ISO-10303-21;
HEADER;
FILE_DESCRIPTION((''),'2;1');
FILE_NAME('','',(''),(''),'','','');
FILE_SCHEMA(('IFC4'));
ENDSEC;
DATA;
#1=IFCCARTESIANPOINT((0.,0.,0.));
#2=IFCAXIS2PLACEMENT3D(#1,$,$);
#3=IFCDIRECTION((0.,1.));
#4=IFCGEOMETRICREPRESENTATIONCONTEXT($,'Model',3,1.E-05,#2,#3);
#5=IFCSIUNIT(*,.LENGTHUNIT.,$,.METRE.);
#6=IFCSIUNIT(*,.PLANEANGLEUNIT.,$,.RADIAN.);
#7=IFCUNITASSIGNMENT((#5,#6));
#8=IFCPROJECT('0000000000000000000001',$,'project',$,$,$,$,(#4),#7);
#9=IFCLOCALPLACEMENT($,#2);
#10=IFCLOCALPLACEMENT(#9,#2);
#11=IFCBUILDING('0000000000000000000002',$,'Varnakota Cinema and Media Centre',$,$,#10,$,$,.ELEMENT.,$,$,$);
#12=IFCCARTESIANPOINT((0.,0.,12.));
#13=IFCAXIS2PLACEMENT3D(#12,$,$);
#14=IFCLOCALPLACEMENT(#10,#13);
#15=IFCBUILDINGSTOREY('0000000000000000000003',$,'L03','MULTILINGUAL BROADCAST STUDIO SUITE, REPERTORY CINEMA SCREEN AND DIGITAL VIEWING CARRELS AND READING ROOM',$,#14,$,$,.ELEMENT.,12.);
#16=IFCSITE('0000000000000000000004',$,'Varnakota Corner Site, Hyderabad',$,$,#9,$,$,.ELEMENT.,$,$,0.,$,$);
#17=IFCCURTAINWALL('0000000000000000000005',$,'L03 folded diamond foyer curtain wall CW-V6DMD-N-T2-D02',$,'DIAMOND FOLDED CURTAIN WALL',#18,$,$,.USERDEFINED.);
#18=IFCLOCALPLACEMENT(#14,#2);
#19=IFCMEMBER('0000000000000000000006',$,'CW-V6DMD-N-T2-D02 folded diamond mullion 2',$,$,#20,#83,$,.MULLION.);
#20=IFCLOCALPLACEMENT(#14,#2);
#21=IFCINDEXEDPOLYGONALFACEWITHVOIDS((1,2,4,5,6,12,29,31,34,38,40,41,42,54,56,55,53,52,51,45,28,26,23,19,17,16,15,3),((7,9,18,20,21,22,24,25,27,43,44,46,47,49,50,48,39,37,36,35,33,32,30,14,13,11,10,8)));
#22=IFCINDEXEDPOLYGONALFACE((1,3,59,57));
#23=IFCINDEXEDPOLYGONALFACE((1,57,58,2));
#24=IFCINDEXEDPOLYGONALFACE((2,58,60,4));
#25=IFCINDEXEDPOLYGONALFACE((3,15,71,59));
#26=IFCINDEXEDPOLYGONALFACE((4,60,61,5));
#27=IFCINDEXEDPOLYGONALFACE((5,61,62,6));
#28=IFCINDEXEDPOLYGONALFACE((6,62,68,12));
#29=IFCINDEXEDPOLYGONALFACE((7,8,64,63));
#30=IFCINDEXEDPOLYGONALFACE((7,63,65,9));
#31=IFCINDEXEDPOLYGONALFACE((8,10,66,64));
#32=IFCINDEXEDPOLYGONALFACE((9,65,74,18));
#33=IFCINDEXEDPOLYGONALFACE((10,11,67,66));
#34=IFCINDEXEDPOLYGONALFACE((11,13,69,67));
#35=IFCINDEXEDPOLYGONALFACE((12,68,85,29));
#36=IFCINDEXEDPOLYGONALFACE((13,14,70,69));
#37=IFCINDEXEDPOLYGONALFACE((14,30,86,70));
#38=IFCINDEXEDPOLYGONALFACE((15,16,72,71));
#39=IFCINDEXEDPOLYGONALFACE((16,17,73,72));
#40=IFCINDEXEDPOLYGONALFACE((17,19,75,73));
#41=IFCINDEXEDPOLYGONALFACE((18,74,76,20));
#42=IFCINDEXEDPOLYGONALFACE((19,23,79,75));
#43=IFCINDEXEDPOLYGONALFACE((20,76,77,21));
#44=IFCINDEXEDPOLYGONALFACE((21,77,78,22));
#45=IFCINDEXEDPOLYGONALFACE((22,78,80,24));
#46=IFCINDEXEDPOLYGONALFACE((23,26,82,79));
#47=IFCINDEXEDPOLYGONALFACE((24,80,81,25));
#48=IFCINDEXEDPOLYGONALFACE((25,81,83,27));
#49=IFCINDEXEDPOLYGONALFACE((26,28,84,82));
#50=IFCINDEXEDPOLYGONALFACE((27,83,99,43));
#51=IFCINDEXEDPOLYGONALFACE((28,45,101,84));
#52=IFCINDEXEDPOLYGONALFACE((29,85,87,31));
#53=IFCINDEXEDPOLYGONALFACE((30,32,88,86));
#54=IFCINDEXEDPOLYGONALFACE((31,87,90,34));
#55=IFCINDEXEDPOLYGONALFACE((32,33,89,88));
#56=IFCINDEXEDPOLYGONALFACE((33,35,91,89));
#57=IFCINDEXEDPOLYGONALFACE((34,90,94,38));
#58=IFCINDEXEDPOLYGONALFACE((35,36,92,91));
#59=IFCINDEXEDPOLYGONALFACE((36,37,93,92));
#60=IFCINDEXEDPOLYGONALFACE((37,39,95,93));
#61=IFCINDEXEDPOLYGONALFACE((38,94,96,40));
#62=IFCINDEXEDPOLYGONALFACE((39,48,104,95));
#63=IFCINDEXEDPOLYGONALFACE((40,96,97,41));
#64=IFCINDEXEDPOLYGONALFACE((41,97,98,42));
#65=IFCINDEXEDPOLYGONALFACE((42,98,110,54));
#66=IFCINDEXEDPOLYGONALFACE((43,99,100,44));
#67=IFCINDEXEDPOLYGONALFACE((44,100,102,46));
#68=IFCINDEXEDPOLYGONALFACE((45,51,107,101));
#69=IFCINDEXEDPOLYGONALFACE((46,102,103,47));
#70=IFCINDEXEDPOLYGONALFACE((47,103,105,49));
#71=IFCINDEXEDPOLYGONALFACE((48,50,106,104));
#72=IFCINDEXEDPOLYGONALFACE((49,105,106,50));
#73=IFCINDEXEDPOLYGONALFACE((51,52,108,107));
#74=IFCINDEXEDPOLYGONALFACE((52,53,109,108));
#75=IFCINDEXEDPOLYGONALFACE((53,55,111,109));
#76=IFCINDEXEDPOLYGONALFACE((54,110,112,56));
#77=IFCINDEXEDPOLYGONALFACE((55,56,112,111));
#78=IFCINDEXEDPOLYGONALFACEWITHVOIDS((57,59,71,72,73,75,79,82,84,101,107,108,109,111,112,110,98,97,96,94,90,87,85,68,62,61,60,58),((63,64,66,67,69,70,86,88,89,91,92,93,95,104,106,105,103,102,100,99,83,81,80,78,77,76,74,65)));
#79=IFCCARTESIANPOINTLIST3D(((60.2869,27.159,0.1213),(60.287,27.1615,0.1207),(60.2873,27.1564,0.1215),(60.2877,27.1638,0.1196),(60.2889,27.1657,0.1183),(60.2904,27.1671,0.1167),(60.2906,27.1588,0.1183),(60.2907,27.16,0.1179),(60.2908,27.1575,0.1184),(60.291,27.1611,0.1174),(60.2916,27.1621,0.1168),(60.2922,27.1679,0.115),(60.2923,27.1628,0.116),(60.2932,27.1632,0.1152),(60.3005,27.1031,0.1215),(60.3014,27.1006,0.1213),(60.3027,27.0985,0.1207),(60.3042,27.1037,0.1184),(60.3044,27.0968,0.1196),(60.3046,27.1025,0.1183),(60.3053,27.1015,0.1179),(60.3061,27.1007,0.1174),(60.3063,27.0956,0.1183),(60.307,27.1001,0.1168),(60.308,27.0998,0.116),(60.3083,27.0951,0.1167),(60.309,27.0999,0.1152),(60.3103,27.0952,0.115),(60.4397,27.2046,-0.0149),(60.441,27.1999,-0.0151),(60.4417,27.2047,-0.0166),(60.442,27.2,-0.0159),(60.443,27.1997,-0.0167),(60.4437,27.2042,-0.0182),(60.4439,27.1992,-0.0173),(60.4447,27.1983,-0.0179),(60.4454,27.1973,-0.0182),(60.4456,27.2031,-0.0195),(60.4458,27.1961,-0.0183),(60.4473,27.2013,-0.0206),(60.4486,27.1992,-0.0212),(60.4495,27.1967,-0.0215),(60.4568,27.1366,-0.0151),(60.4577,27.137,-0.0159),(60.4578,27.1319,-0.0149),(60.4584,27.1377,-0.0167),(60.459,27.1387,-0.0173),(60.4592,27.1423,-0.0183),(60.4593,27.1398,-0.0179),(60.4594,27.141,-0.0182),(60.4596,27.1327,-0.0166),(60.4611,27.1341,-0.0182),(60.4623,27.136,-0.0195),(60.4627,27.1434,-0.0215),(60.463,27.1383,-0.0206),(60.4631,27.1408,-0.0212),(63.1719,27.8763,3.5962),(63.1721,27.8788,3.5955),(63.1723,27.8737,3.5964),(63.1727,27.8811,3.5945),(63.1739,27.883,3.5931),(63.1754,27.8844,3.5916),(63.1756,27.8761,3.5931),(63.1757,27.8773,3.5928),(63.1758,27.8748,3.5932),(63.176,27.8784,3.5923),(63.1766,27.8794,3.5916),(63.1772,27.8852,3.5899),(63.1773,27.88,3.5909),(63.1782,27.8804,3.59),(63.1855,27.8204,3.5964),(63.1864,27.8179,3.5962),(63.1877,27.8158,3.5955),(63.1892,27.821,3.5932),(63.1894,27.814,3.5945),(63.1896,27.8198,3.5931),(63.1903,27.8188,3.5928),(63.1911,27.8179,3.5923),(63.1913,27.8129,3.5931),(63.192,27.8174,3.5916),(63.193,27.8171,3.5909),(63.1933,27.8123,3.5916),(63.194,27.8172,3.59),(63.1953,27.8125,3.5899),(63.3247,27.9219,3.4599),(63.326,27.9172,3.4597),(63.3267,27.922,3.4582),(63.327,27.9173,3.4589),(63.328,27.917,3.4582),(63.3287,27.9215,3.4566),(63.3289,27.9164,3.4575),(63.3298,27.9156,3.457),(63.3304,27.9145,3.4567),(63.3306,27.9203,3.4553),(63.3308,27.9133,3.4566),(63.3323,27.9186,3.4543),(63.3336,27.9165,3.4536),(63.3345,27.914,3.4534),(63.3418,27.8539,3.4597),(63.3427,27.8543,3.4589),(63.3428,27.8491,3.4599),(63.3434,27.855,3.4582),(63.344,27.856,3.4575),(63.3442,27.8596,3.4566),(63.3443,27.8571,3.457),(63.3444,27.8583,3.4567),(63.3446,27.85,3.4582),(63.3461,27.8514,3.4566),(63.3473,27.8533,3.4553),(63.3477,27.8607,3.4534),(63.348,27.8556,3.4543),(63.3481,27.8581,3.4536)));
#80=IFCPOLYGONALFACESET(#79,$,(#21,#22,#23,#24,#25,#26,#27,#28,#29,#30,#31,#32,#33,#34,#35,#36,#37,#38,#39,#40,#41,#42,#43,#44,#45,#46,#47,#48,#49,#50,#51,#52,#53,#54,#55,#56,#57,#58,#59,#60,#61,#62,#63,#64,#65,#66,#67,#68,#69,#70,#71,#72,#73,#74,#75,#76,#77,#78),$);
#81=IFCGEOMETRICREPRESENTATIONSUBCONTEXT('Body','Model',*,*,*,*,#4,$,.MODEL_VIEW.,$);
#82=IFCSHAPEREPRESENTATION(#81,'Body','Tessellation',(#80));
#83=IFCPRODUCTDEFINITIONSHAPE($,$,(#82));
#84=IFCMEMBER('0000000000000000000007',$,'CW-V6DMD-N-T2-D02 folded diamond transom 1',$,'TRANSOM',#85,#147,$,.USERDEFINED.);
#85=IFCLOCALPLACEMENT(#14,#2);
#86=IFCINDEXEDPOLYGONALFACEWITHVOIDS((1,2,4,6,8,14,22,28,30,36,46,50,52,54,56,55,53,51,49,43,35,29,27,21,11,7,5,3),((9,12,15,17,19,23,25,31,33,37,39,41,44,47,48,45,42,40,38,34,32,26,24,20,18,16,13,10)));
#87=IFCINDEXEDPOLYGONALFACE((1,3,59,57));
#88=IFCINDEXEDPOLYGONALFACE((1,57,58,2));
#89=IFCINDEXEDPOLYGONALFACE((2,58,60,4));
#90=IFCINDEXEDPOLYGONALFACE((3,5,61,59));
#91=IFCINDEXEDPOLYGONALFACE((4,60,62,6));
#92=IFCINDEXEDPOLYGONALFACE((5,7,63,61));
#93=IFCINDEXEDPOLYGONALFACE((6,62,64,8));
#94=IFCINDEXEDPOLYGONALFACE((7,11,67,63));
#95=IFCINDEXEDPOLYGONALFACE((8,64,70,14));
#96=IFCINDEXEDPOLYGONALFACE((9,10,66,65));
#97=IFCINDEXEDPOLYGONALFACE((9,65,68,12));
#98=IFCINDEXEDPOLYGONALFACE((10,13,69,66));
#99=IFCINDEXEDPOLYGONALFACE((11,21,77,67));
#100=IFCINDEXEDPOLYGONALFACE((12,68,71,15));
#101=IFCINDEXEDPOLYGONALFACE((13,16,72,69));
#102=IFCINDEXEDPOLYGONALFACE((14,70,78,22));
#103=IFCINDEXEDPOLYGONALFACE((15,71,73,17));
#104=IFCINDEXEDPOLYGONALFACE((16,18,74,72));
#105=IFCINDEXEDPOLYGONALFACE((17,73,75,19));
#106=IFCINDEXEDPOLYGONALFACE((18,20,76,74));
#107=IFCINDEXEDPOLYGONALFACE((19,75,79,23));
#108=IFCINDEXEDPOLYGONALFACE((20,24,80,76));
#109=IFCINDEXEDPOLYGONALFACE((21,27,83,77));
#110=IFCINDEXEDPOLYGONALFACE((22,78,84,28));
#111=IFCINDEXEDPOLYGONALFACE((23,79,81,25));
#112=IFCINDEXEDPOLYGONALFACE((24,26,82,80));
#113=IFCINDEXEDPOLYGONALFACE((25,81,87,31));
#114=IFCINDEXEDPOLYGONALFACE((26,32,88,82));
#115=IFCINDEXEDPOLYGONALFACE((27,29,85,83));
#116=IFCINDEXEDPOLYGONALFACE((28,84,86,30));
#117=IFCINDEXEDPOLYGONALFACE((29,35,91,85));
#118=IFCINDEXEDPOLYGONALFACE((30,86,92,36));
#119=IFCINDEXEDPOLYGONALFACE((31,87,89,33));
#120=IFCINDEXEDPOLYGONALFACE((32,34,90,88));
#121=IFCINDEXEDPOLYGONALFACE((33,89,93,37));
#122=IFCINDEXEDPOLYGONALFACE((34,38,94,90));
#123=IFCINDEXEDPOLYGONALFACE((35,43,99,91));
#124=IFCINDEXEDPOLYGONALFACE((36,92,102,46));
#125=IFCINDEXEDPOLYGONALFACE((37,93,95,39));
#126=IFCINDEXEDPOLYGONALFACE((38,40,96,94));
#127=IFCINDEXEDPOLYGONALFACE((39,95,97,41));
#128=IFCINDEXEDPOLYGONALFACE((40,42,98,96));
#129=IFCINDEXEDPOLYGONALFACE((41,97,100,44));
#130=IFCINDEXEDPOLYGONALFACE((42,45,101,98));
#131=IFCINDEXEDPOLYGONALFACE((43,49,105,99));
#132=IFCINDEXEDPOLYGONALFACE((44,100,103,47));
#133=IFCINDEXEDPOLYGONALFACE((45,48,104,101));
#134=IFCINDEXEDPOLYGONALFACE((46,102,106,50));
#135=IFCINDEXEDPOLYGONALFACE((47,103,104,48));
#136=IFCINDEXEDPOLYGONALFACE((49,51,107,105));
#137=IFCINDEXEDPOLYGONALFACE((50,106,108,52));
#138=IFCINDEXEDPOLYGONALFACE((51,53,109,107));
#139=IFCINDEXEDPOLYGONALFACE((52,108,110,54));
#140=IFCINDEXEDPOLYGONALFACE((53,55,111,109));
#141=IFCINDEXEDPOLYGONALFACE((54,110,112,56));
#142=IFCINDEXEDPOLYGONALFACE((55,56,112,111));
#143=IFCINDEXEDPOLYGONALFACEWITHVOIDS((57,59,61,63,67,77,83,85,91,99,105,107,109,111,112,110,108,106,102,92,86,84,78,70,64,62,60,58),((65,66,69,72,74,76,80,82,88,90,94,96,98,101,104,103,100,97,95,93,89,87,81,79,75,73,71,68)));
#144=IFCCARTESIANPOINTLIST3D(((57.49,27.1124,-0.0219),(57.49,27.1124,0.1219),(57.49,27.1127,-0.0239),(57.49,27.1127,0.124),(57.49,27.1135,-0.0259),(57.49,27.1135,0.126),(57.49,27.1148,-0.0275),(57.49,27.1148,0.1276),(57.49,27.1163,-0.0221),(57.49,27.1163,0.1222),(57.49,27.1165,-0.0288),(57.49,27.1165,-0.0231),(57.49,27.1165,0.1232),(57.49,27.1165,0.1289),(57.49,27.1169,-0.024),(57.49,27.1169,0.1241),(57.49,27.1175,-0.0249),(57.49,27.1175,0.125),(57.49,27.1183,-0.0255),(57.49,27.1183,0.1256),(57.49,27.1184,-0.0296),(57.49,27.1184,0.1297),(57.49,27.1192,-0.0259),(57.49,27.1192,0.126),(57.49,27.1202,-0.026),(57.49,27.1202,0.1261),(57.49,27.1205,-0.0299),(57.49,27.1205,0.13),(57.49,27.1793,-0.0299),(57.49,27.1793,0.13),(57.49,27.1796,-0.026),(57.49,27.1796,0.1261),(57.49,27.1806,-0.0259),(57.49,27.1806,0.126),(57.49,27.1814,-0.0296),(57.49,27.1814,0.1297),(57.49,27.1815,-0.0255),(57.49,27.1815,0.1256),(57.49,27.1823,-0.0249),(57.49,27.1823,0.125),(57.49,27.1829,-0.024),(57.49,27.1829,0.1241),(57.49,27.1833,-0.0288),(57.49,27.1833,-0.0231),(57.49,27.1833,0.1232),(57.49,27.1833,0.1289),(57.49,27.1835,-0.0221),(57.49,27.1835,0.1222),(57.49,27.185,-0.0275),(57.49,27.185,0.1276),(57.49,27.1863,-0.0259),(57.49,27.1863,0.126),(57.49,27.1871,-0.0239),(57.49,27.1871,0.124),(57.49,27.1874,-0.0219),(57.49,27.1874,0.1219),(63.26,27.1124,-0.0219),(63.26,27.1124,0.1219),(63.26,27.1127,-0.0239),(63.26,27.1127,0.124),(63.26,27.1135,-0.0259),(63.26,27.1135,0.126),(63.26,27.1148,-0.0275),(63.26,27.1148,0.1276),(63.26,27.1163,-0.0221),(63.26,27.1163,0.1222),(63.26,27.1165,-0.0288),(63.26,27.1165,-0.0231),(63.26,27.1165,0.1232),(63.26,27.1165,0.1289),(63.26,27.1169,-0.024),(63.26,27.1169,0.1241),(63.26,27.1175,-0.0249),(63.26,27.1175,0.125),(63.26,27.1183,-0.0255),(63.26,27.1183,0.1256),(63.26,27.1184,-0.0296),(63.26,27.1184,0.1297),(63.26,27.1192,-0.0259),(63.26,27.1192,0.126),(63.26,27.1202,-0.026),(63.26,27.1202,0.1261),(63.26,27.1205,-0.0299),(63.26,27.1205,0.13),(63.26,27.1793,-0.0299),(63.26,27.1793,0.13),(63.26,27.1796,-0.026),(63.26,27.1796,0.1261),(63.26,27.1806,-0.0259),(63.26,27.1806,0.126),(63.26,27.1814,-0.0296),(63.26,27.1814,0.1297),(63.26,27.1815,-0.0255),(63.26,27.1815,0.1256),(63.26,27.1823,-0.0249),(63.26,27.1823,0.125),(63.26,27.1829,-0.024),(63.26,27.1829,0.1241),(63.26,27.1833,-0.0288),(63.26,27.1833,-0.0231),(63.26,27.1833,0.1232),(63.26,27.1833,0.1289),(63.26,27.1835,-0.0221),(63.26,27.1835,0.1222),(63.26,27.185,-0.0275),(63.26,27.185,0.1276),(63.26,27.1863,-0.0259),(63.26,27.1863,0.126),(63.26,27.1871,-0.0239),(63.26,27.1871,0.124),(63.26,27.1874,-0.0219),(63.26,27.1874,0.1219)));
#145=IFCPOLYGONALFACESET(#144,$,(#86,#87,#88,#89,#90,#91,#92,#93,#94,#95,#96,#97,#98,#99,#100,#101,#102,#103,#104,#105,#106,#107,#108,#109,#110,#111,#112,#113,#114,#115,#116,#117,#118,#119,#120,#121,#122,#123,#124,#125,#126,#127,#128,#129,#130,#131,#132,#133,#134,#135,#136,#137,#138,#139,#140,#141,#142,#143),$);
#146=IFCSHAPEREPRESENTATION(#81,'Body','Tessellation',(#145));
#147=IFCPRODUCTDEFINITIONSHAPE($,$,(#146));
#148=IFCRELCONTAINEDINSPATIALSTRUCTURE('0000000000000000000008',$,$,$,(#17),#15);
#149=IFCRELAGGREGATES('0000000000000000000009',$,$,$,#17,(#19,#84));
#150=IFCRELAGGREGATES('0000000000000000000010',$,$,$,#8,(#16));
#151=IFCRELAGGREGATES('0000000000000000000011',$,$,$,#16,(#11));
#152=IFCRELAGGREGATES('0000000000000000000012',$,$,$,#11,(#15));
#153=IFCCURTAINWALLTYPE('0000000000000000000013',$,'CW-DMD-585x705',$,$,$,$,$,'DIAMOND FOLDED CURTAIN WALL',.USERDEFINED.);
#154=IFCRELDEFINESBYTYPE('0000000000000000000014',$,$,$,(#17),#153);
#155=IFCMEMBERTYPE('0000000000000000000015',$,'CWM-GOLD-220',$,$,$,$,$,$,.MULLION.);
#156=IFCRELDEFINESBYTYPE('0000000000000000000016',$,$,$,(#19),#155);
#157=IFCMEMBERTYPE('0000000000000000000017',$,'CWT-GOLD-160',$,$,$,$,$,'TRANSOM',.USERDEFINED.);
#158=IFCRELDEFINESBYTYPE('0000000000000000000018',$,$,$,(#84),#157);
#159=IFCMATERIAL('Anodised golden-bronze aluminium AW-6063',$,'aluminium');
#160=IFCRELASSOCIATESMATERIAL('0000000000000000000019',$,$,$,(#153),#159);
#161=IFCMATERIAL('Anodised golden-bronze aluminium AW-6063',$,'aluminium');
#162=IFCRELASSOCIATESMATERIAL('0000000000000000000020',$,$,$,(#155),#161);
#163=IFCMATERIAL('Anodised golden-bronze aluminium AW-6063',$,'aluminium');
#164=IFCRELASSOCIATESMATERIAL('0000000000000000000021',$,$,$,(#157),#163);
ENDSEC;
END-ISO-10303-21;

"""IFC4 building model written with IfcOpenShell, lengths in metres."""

from ifc_helpers import new_model, si_unit, direction, frame, origin, origin_2d, place, context, subcontext, project, spatial, hollow_rectangle, extrude, material, material_profile, profile_set, type_object, element, aggregate, save


model = new_model("IFC4")

# Units and contexts
model_context = context("Model", 3, precision=1e-05, world=origin(), true_north=direction((0.0, 1.0)))
body_context = subcontext(model_context, "Body", "Model", "MODEL_VIEW")
ifc_project = project(units=[si_unit("LENGTHUNIT", "METRE"), si_unit("PLANEANGLEUNIT", "RADIAN")], contexts=[model_context])

# Site, building, storey
site_placement = place(None, origin())
site = spatial("IfcSite", under=ifc_project, at=site_placement, Name="Varnakota Corner Site, Hyderabad", CompositionType="ELEMENT", RefElevation=0.0)
building_placement = place(site_placement, origin())
building = spatial("IfcBuilding", under=site, at=building_placement, Name="Varnakota Cinema and Media Centre", CompositionType="ELEMENT")
storey_placement = place(building_placement, frame((0.0, 0.0, 12.0)))
storey = spatial("IfcBuildingStorey", under=building, at=storey_placement, Name="L03", Description="MULTILINGUAL BROADCAST STUDIO SUITE, REPERTORY CINEMA SCREEN AND DIGITAL VIEWING CARRELS AND READING ROOM", CompositionType="ELEMENT", Elevation=12.0)

# Shared definitions
ifc_material_1 = material(Name="Anodised golden-bronze aluminium AW-6063", Category="aluminium")
curtain_wall_type = type_object("IfcCurtainWallType", Name="CW-DMD-585x705", ElementType="DIAMOND FOLDED CURTAIN WALL", PredefinedType="USERDEFINED", material=ifc_material_1)
ifc_material_2 = material(Name="Anodised golden-bronze aluminium AW-6063", Category="aluminium")
ifc_material_profile_1 = material_profile(ifc_material_2, hollow_rectangle(XDim=0.075, YDim=0.22, WallThickness=0.0049, InnerFilletRadius=0.0049, OuterFilletRadius=0.01, at=origin_2d()), Name="AL-MULLION 220x75x5")
ifc_profile_set_1 = profile_set([ifc_material_profile_1], Name="Anodised golden-bronze aluminium AW-6063")
member_type_1 = type_object("IfcMemberType", Name="CWM-GOLD-220", PredefinedType="MULLION", material=ifc_profile_set_1)

# Curtain wall, members
curtain_wall_1_placement = place(storey_placement, origin())
curtain_wall_1 = element("IfcCurtainWall", 1, at=curtain_wall_1_placement, inside=storey, type_object=curtain_wall_type, Name="L03 folded diamond foyer curtain wall CW-V6DMD-N-T2-D02", ObjectType="DIAMOND FOLDED CURTAIN WALL", PredefinedType="USERDEFINED")
member_1_placement = place(storey_placement, frame((60.375, 27.1499, 0.05), z_axis=(0.630878, 0.156852, 0.759862), x_axis=(-0.241279, 0.970456, 0.0)))
member_1 = element("IfcMember", 2, at=member_1_placement, type_object=member_type_1, Name="CW-V6DMD-N-T2-D02 folded diamond mullion 2", PredefinedType="MULLION", context=body_context, shape_type="SweptSolid", body=[
    extrude(hollow_rectangle(XDim=0.075, YDim=0.22, WallThickness=0.0049, InnerFilletRadius=0.0049, OuterFilletRadius=0.01, at=origin_2d()), origin(), (0.0, 0.0, 1.0), 4.573),
])
ifc_material_3 = material(Name="Anodised golden-bronze aluminium AW-6063", Category="aluminium")
ifc_material_profile_2 = material_profile(ifc_material_3, hollow_rectangle(XDim=0.075, YDim=0.1599, WallThickness=0.0039, InnerFilletRadius=0.0039, OuterFilletRadius=0.0081, at=origin_2d()), Name="AL-TRANSOM 160x75x4")
ifc_profile_set_2 = profile_set([ifc_material_profile_2], Name="Anodised golden-bronze aluminium AW-6063")
member_type_2 = type_object("IfcMemberType", Name="CWT-GOLD-160", ElementType="TRANSOM", PredefinedType="USERDEFINED", material=ifc_profile_set_2)
member_2_placement = place(storey_placement, frame((57.49, 27.1499, 0.05), z_axis=(1.0, 0.0, 0.0), x_axis=(0.0, 1.0, 0.0)))
member_2 = element("IfcMember", 3, at=member_2_placement, type_object=member_type_2, Name="CW-V6DMD-N-T2-D02 folded diamond transom 1", ObjectType="TRANSOM", PredefinedType="USERDEFINED", context=body_context, shape_type="SweptSolid", body=[
    extrude(hollow_rectangle(XDim=0.075, YDim=0.1599, WallThickness=0.0039, InnerFilletRadius=0.0039, OuterFilletRadius=0.0081, at=origin_2d()), origin(), (0.0, 0.0, 1.0), 5.77),
])

aggregate(curtain_wall_1, [member_1, member_2])

save(model, "model.ifc")
